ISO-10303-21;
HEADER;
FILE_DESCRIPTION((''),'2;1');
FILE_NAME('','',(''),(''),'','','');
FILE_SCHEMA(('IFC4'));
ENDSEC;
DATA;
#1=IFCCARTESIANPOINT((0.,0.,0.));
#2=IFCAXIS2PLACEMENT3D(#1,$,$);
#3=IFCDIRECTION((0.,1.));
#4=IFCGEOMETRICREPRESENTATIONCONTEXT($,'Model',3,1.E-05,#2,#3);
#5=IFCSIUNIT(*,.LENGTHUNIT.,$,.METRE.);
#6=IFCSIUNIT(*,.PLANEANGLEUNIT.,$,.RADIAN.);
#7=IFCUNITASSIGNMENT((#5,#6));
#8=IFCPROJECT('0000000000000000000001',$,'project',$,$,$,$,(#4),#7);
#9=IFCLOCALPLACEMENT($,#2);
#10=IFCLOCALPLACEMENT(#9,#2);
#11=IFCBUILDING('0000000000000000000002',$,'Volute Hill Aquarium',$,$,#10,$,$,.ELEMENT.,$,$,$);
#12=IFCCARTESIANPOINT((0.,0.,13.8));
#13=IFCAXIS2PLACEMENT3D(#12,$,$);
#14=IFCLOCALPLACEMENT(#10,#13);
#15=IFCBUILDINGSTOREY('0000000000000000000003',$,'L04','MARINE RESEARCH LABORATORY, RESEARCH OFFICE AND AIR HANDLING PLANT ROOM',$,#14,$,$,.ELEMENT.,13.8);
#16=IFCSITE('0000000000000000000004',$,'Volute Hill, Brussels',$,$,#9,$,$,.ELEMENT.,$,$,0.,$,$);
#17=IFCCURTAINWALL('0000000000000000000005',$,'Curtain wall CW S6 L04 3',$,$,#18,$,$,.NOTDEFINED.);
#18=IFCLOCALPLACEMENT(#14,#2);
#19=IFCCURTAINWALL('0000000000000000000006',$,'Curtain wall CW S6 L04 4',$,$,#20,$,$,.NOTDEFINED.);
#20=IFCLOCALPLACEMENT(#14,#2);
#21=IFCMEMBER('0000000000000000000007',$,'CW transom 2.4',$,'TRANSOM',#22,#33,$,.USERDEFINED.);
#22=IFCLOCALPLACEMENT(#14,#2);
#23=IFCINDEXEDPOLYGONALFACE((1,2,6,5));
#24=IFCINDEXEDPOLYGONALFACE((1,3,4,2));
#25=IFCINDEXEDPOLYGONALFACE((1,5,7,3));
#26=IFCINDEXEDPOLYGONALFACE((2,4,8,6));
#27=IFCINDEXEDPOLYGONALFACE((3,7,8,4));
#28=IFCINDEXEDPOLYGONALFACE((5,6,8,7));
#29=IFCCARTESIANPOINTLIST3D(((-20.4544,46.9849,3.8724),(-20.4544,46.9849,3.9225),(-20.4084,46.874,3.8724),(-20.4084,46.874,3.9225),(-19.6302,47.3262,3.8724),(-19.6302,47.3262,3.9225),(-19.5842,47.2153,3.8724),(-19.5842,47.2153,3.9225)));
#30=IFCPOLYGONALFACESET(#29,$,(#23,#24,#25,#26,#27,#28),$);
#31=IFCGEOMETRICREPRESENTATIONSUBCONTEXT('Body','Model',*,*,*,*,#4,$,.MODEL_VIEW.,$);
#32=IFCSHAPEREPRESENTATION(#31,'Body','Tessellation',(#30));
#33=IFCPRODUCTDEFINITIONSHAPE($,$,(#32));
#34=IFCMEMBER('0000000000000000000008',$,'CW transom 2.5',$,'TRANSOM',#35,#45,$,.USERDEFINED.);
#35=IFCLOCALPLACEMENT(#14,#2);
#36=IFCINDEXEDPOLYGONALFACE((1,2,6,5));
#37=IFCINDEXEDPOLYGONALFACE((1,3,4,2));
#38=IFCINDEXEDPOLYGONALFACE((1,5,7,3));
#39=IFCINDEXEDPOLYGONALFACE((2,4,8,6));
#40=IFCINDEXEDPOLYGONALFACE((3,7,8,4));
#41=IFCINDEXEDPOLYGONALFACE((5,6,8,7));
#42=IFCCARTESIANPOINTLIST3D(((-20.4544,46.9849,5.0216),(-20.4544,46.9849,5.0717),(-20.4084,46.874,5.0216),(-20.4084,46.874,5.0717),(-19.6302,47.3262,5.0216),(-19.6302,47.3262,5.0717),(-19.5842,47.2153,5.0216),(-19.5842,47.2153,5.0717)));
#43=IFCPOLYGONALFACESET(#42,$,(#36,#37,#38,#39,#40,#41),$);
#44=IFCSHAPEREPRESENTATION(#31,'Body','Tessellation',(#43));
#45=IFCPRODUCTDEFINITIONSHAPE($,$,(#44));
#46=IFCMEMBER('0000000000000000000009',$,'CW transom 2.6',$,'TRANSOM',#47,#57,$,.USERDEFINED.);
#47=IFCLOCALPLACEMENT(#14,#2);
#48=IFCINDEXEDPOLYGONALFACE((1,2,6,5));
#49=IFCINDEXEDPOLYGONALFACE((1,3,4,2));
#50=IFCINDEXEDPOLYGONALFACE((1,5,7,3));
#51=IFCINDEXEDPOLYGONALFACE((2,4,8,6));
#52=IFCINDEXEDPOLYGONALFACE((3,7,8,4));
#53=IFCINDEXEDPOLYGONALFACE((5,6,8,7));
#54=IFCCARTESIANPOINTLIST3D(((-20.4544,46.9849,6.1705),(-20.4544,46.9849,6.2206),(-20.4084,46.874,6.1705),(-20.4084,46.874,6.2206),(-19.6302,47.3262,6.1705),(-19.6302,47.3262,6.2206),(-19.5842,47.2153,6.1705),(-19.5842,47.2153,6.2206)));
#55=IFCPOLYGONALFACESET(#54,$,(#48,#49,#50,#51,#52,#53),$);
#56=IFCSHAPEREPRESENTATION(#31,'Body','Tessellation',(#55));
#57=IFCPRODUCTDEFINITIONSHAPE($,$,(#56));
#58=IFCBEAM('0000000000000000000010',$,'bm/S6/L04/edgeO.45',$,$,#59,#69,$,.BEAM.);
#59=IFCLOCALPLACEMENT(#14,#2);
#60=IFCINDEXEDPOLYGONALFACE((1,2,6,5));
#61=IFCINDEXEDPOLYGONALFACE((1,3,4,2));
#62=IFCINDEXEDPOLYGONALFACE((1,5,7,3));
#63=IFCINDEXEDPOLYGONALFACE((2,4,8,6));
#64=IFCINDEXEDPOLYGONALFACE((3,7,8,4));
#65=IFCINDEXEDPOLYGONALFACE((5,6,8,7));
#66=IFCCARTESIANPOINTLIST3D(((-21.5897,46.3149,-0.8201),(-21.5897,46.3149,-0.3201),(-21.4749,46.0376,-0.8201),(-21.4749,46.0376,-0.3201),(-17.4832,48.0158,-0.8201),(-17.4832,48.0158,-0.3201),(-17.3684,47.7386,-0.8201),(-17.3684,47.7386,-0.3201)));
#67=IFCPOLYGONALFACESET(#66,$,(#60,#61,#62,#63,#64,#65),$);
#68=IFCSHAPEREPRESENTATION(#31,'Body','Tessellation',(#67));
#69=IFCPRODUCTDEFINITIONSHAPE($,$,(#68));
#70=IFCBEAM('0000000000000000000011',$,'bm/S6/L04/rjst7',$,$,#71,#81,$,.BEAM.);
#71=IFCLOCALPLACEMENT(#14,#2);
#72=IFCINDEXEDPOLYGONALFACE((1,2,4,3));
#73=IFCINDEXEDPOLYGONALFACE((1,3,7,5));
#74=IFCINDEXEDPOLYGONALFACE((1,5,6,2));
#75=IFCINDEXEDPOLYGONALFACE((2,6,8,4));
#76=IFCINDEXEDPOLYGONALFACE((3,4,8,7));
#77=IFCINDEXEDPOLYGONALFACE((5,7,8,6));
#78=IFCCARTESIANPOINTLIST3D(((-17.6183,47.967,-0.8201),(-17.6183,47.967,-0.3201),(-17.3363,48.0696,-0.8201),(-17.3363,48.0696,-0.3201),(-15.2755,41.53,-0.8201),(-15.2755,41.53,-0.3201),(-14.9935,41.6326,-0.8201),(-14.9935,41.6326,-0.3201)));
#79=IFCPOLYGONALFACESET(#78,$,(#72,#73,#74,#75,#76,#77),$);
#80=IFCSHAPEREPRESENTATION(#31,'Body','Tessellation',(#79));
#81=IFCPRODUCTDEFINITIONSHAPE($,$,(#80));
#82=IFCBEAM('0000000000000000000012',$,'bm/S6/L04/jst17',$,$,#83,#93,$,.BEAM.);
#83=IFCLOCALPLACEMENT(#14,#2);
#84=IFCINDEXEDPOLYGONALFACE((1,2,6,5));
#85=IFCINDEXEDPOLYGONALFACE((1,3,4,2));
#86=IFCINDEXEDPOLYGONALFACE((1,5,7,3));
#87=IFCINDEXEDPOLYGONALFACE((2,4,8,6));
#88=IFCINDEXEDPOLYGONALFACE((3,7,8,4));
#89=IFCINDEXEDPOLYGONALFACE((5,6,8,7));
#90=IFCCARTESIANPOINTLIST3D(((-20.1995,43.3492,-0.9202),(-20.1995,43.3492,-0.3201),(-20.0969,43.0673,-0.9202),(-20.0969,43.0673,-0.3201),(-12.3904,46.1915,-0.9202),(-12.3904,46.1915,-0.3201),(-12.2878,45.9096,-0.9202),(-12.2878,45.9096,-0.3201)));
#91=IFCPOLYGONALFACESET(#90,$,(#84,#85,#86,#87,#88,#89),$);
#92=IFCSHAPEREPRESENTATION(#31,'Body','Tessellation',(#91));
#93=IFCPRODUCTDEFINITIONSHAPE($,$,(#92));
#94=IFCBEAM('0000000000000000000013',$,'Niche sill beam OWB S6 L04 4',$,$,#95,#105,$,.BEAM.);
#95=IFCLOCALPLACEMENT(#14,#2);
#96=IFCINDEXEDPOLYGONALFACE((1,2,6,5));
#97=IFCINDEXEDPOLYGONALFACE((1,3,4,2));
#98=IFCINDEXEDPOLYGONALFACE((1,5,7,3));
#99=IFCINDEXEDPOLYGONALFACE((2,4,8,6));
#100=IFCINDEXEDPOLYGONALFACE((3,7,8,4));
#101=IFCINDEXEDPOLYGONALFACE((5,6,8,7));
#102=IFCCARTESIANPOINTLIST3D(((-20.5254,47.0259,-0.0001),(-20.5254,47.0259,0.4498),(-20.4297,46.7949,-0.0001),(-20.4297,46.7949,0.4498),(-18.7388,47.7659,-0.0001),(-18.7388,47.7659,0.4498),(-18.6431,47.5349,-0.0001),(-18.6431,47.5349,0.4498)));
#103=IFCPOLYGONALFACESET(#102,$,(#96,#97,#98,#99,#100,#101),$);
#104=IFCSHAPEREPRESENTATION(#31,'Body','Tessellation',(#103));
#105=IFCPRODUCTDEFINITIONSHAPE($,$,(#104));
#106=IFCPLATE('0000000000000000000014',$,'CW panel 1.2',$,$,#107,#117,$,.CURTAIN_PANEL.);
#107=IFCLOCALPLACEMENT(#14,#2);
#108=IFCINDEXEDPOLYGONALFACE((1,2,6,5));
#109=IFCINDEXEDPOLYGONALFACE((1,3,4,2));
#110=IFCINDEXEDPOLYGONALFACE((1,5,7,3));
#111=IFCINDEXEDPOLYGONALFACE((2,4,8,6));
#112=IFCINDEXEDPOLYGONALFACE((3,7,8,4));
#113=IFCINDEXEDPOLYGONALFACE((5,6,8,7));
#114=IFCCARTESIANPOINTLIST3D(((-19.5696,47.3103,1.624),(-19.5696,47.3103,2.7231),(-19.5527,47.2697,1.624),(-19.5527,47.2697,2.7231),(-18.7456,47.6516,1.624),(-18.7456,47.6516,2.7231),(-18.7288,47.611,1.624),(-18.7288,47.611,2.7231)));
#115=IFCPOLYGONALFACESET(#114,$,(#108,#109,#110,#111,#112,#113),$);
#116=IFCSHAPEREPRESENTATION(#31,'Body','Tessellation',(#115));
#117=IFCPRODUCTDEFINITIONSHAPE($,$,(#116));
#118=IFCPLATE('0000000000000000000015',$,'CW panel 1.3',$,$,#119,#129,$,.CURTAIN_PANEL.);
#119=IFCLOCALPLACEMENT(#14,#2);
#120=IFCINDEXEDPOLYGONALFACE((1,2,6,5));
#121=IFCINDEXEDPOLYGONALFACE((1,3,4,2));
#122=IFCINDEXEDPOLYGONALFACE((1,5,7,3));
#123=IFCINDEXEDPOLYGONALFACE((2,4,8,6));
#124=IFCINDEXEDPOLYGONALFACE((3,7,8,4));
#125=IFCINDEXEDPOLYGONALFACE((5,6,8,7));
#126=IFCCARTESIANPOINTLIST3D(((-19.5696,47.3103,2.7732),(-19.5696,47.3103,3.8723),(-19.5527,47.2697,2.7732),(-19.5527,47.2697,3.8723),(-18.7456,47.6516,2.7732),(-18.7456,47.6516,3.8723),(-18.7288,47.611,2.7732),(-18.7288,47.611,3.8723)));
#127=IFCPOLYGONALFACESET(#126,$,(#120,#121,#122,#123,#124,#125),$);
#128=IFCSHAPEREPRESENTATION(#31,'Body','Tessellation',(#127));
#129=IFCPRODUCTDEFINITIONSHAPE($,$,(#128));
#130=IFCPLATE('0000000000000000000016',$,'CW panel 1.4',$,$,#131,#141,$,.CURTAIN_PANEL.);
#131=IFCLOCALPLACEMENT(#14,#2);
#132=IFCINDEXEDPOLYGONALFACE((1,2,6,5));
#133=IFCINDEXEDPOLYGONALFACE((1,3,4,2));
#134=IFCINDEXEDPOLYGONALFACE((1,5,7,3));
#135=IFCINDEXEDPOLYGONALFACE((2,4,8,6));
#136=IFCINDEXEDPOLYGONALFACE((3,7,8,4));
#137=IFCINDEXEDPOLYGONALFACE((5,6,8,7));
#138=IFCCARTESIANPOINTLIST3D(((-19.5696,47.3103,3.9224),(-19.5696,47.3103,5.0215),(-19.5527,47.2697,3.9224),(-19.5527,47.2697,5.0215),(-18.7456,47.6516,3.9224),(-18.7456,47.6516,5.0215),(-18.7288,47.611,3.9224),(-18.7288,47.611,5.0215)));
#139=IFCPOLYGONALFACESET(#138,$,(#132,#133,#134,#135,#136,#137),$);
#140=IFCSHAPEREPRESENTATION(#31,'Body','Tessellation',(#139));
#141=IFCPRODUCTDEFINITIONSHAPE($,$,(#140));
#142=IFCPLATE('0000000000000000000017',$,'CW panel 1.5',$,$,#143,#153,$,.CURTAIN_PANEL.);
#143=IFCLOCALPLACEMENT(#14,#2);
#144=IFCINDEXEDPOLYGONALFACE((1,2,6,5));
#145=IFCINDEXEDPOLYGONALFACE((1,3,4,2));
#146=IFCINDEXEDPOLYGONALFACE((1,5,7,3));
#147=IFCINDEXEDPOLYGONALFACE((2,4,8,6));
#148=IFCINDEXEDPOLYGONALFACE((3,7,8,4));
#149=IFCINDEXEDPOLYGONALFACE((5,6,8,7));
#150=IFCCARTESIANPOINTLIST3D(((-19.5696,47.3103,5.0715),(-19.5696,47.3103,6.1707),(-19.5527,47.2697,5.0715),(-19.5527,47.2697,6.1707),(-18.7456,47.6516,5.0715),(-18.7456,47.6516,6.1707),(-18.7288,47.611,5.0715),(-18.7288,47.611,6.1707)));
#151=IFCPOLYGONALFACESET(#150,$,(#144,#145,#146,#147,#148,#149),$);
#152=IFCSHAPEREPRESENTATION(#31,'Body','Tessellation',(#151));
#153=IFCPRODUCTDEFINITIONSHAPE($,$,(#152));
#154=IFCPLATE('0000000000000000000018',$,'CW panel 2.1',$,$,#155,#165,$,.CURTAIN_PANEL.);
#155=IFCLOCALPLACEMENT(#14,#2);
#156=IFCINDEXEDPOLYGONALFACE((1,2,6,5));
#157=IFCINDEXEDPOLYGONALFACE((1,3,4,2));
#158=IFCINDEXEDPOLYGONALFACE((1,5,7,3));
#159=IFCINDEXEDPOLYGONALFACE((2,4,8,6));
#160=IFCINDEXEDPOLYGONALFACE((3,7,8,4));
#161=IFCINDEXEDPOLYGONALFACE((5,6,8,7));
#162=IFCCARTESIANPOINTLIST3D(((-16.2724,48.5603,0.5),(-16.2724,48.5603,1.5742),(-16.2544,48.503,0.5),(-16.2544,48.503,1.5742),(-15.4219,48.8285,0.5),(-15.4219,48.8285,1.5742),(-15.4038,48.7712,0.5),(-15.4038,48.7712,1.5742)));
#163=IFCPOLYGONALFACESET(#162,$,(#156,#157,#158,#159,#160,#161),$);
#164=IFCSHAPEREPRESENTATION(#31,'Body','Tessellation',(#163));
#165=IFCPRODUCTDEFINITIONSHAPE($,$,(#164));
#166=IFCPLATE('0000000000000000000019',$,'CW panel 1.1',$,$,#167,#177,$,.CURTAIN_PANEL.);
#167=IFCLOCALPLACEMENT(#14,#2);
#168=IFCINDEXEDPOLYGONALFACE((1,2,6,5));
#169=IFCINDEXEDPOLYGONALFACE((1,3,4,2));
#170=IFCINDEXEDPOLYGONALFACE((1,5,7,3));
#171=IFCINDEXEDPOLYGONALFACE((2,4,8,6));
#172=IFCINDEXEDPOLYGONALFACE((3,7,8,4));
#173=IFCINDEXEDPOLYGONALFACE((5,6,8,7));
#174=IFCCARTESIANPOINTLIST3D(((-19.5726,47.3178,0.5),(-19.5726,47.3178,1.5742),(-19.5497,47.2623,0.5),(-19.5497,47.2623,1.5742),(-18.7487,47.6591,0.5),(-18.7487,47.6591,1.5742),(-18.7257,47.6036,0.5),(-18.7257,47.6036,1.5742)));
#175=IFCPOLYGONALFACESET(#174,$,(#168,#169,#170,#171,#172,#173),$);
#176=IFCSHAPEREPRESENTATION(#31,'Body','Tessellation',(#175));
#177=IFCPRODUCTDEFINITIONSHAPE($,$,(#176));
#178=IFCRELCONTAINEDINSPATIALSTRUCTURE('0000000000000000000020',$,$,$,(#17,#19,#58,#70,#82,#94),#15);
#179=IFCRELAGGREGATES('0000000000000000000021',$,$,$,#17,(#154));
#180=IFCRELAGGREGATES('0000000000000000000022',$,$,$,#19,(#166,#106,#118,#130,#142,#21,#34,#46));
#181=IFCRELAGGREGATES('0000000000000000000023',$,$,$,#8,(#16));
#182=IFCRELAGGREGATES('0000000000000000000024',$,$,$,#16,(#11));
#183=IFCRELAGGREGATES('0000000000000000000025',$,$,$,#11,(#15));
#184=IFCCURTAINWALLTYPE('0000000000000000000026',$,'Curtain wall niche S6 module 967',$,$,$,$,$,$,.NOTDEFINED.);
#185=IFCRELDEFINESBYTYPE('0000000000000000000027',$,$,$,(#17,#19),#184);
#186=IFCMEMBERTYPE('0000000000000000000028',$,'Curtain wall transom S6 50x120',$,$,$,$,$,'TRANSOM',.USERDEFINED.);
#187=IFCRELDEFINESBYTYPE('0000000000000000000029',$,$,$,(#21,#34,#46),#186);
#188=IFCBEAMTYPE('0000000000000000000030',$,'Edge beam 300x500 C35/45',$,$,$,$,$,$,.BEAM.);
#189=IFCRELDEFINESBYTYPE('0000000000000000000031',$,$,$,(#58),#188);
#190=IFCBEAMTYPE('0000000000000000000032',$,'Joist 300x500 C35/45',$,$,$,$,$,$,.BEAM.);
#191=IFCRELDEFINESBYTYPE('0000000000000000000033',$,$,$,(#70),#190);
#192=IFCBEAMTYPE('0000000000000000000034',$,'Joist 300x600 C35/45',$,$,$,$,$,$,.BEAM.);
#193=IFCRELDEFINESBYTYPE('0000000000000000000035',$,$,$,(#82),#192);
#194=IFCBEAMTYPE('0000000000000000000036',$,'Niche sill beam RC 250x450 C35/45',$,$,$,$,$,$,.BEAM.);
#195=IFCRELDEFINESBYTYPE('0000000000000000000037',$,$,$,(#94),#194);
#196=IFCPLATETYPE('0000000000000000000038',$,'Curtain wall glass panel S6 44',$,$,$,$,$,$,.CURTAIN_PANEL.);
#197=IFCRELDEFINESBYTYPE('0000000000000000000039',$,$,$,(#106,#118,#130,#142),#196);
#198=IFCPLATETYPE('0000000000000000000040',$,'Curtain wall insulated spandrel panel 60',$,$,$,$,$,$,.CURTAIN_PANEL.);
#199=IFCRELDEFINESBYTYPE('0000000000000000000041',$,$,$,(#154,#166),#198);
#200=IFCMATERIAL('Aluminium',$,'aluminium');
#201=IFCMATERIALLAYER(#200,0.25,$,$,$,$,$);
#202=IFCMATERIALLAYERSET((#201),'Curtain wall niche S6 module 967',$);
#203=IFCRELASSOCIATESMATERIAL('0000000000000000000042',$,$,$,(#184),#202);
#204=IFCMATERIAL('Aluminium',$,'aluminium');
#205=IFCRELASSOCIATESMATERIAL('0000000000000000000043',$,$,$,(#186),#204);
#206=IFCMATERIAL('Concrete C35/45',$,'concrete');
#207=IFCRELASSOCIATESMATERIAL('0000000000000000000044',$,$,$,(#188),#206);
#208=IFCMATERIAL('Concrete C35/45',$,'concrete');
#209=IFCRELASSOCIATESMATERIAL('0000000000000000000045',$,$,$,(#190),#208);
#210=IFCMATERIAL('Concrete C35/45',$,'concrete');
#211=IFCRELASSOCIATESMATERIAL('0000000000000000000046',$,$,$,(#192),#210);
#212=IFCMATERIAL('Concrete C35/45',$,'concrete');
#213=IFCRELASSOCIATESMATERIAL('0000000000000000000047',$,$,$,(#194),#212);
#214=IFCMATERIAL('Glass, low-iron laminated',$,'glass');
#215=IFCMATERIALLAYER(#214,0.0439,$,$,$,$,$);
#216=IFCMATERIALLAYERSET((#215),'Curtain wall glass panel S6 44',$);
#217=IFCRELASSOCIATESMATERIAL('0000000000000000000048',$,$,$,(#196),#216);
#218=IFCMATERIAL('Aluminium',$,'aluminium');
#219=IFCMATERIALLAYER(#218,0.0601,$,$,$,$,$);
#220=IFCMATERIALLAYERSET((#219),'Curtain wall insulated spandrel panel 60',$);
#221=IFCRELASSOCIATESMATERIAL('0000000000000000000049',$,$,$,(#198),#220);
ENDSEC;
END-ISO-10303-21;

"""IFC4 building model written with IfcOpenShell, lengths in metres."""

from ifc_helpers import new_model, si_unit, direction, frame, origin, origin_2d, place, context, subcontext, project, spatial, rectangle, extrude, material, layer, layer_set, material_profile, profile_set, type_object, element, aggregate, save


model = new_model("IFC4")

# Units and contexts
model_context = context("Model", 3, precision=1e-05, world=origin(), true_north=direction((0.0, 1.0)))
body_context = subcontext(model_context, "Body", "Model", "MODEL_VIEW")
ifc_project = project(units=[si_unit("LENGTHUNIT", "METRE"), si_unit("PLANEANGLEUNIT", "RADIAN")], contexts=[model_context])

# Site, building, storey
site_placement = place(None, origin())
site = spatial("IfcSite", under=ifc_project, at=site_placement, Name="Volute Hill, Brussels", CompositionType="ELEMENT", RefElevation=0.0)
building_placement = place(site_placement, origin())
building = spatial("IfcBuilding", under=site, at=building_placement, Name="Volute Hill Aquarium", CompositionType="ELEMENT")
storey_placement = place(building_placement, frame((0.0, 0.0, 13.8)))
storey = spatial("IfcBuildingStorey", under=building, at=storey_placement, Name="L04", Description="MARINE RESEARCH LABORATORY, RESEARCH OFFICE AND AIR HANDLING PLANT ROOM", CompositionType="ELEMENT", Elevation=13.8)

# Curtain wall
ifc_material_1 = material(Name="Aluminium", Category="aluminium")
ifc_layer_1 = layer(ifc_material_1, 0.25)
ifc_layer_set_1 = layer_set([ifc_layer_1], Name="Curtain wall niche S6 module 967")
curtain_wall_type = type_object("IfcCurtainWallType", Name="Curtain wall niche S6 module 967", PredefinedType="NOTDEFINED", material=ifc_layer_set_1)
curtain_wall_1_placement = place(storey_placement, origin())
curtain_wall_1 = element("IfcCurtainWall", 1, at=curtain_wall_1_placement, inside=storey, type_object=curtain_wall_type, Name="Curtain wall CW S6 L04 3", PredefinedType="NOTDEFINED")

# Curtain wall, members
curtain_wall_2_placement = place(storey_placement, origin())
curtain_wall_2 = element("IfcCurtainWall", 2, at=curtain_wall_2_placement, inside=storey, type_object=curtain_wall_type, Name="Curtain wall CW S6 L04 4", PredefinedType="NOTDEFINED")
ifc_material_2 = material(Name="Aluminium", Category="aluminium")
ifc_material_profile_1 = material_profile(ifc_material_2, rectangle(XDim=0.1201, YDim=0.05, at=origin_2d()), Name="Curtain wall transom S6 50x120")
ifc_profile_set_1 = profile_set([ifc_material_profile_1], Name="Aluminium")
member_type_1 = type_object("IfcMemberType", Name="Curtain wall transom S6 50x120", ElementType="TRANSOM", PredefinedType="USERDEFINED", material=ifc_profile_set_1)
member_1_placement = place(storey_placement, frame((-19.6072, 47.2708, 3.8975), z_axis=(-0.923917, -0.382594, 0.0), x_axis=(0.382594, -0.923917, 0.0)))
member_1 = element("IfcMember", 3, at=member_1_placement, type_object=member_type_1, Name="CW transom 2.4", ObjectType="TRANSOM", PredefinedType="USERDEFINED", context=body_context, shape_type="SweptSolid", body=[
    extrude(rectangle(XDim=0.1201, YDim=0.05, at=origin_2d()), origin(), (0.0, 0.0, 1.0), 0.8921),
])
member_2_placement = place(storey_placement, frame((-19.6072, 47.2708, 5.0466), z_axis=(-0.923917, -0.382594, 0.0), x_axis=(0.382594, -0.923917, 0.0)))
member_2 = element("IfcMember", 4, at=member_2_placement, type_object=member_type_1, Name="CW transom 2.5", ObjectType="TRANSOM", PredefinedType="USERDEFINED", context=body_context, shape_type="SweptSolid", body=[
    extrude(rectangle(XDim=0.1201, YDim=0.05, at=origin_2d()), origin(), (0.0, 0.0, 1.0), 0.8921),
])
member_3_placement = place(storey_placement, frame((-19.6072, 47.2708, 6.1956), z_axis=(-0.923917, -0.382594, 0.0), x_axis=(0.382594, -0.923917, 0.0)))
member_3 = element("IfcMember", 5, at=member_3_placement, type_object=member_type_1, Name="CW transom 2.6", ObjectType="TRANSOM", PredefinedType="USERDEFINED", context=body_context, shape_type="SweptSolid", body=[
    extrude(rectangle(XDim=0.1201, YDim=0.05, at=origin_2d()), origin(), (0.0, 0.0, 1.0), 0.8921),
])

# Beams
ifc_material_3 = material(Name="Concrete C35/45", Category="concrete")
ifc_material_profile_2 = material_profile(ifc_material_3, rectangle(XDim=0.3, YDim=0.5, at=origin_2d()), Name="RC edge beam 300x500")
ifc_profile_set_2 = profile_set([ifc_material_profile_2], Name="Concrete C35/45")
beam_type_1 = type_object("IfcBeamType", Name="Edge beam 300x500 C35/45", PredefinedType="BEAM", material=ifc_profile_set_2)
beam_1_placement = place(storey_placement, frame((-17.4258, 47.8772, -0.5701), z_axis=(-0.923881, -0.38268, 0.0), x_axis=(0.38268, -0.923881, 0.0)))
element("IfcBeam", 6, at=beam_1_placement, inside=storey, type_object=beam_type_1, Name="bm/S6/L04/edgeO.45", PredefinedType="BEAM", context=body_context, shape_type="SweptSolid", body=[
    extrude(rectangle(XDim=0.3, YDim=0.5, at=origin_2d()), origin(), (0.0, 0.0, 1.0), 4.4448),
])
ifc_material_4 = material(Name="Concrete C35/45", Category="concrete")
ifc_material_profile_3 = material_profile(ifc_material_4, rectangle(XDim=0.3, YDim=0.5, at=origin_2d()), Name="RC joist 300x500")
ifc_profile_set_3 = profile_set([ifc_material_profile_3], Name="Concrete C35/45")
beam_type_2 = type_object("IfcBeamType", Name="Joist 300x500 C35/45", PredefinedType="BEAM", material=ifc_profile_set_3)
beam_2_placement = place(storey_placement, frame((-15.1345, 41.5813, -0.5701), z_axis=(-0.342006, 0.939698, 0.0), x_axis=(-0.939698, -0.342006, 0.0)))
element("IfcBeam", 7, at=beam_2_placement, inside=storey, type_object=beam_type_2, Name="bm/S6/L04/rjst7", PredefinedType="BEAM", context=body_context, shape_type="SweptSolid", body=[
    extrude(rectangle(XDim=0.3, YDim=0.5, at=origin_2d()), origin(), (0.0, 0.0, 1.0), 6.8501),
])
ifc_material_5 = material(Name="Concrete C35/45", Category="concrete")
ifc_material_profile_4 = material_profile(ifc_material_5, rectangle(XDim=0.3, YDim=0.6001, at=origin_2d()), Name="RC joist 300x600")
ifc_profile_set_4 = profile_set([ifc_material_profile_4], Name="Concrete C35/45")
beam_type_3 = type_object("IfcBeamType", Name="Joist 300x600 C35/45", PredefinedType="BEAM", material=ifc_profile_set_4)
beam_3_placement = place(storey_placement, frame((-12.3391, 46.0505, -0.6201), z_axis=(-0.939692, -0.342021, 0.0), x_axis=(0.342021, -0.939692, 0.0)))
element("IfcBeam", 8, at=beam_3_placement, inside=storey, type_object=beam_type_3, Name="bm/S6/L04/jst17", PredefinedType="BEAM", context=body_context, shape_type="SweptSolid", body=[
    extrude(rectangle(XDim=0.3, YDim=0.6001, at=origin_2d()), origin(), (0.0, 0.0, 1.0), 8.3103),
])
ifc_material_6 = material(Name="Concrete C35/45", Category="concrete")
ifc_material_profile_5 = material_profile(ifc_material_6, rectangle(XDim=0.25, YDim=0.45, at=origin_2d()), Name="RC beam 250x450")
ifc_profile_set_5 = profile_set([ifc_material_profile_5], Name="Concrete C35/45")
beam_type_4 = type_object("IfcBeamType", Name="Niche sill beam RC 250x450 C35/45", PredefinedType="BEAM", material=ifc_profile_set_5)
beam_4_placement = place(storey_placement, frame((-18.6909, 47.6504, 0.2249), z_axis=(-0.923889, -0.38266, 0.0), x_axis=(0.38266, -0.923889, 0.0)))
element("IfcBeam", 9, at=beam_4_placement, inside=storey, type_object=beam_type_4, Name="Niche sill beam OWB S6 L04 4", PredefinedType="BEAM", context=body_context, shape_type="SweptSolid", body=[
    extrude(rectangle(XDim=0.25, YDim=0.45, at=origin_2d()), origin(), (0.0, 0.0, 1.0), 1.9338),
])

# Plates
ifc_material_7 = material(Name="Glass, low-iron laminated", Category="glass")
ifc_layer_2 = layer(ifc_material_7, 0.0439)
ifc_layer_set_2 = layer_set([ifc_layer_2], Name="Curtain wall glass panel S6 44")
plate_type_1 = type_object("IfcPlateType", Name="Curtain wall glass panel S6 44", PredefinedType="CURTAIN_PANEL", material=ifc_layer_set_2)
plate_1_placement = place(storey_placement, frame((-19.1492, 47.4607, 1.624), z_axis=(0.0, 0.0, 1.0), x_axis=(-0.923881, -0.38268, 0.0)))
plate_1 = element("IfcPlate", 10, at=plate_1_placement, type_object=plate_type_1, Name="CW panel 1.2", PredefinedType="CURTAIN_PANEL", context=body_context, shape_type="SweptSolid", body=[
    extrude(rectangle(XDim=0.8918, YDim=0.0439, at=origin_2d()), origin(), (0.0, 0.0, 1.0), 1.0991),
])
plate_2_placement = place(storey_placement, frame((-19.1492, 47.4607, 2.7732), z_axis=(0.0, 0.0, 1.0), x_axis=(-0.923881, -0.38268, 0.0)))
plate_2 = element("IfcPlate", 11, at=plate_2_placement, type_object=plate_type_1, Name="CW panel 1.3", PredefinedType="CURTAIN_PANEL", context=body_context, shape_type="SweptSolid", body=[
    extrude(rectangle(XDim=0.8918, YDim=0.0439, at=origin_2d()), origin(), (0.0, 0.0, 1.0), 1.0991),
])
plate_3_placement = place(storey_placement, frame((-19.1492, 47.4607, 3.9224), z_axis=(0.0, 0.0, 1.0), x_axis=(-0.923881, -0.38268, 0.0)))
plate_3 = element("IfcPlate", 12, at=plate_3_placement, type_object=plate_type_1, Name="CW panel 1.4", PredefinedType="CURTAIN_PANEL", context=body_context, shape_type="SweptSolid", body=[
    extrude(rectangle(XDim=0.8918, YDim=0.0439, at=origin_2d()), origin(), (0.0, 0.0, 1.0), 1.0991),
])
plate_4_placement = place(storey_placement, frame((-19.1492, 47.4607, 5.0715), z_axis=(0.0, 0.0, 1.0), x_axis=(-0.923881, -0.38268, 0.0)))
plate_4 = element("IfcPlate", 13, at=plate_4_placement, type_object=plate_type_1, Name="CW panel 1.5", PredefinedType="CURTAIN_PANEL", context=body_context, shape_type="SweptSolid", body=[
    extrude(rectangle(XDim=0.8918, YDim=0.0439, at=origin_2d()), origin(), (0.0, 0.0, 1.0), 1.0991),
])
ifc_material_8 = material(Name="Aluminium", Category="aluminium")
ifc_layer_3 = layer(ifc_material_8, 0.0601)
ifc_layer_set_3 = layer_set([ifc_layer_3], Name="Curtain wall insulated spandrel panel 60")
plate_type_2 = type_object("IfcPlateType", Name="Curtain wall insulated spandrel panel 60", PredefinedType="CURTAIN_PANEL", material=ifc_layer_set_3)
plate_5_placement = place(storey_placement, frame((-15.8381, 48.6658, 0.5), z_axis=(0.0, 0.0, 1.0), x_axis=(-0.953717, -0.300706, 0.0)))
plate_5 = element("IfcPlate", 14, at=plate_5_placement, type_object=plate_type_2, Name="CW panel 2.1", PredefinedType="CURTAIN_PANEL", context=body_context, shape_type="SweptSolid", body=[
    extrude(rectangle(XDim=0.8918, YDim=0.0601, at=origin_2d()), origin(), (0.0, 0.0, 1.0), 1.0742),
])
aggregate(curtain_wall_1, [plate_5])
plate_6_placement = place(storey_placement, frame((-19.1492, 47.4607, 0.5), z_axis=(0.0, 0.0, 1.0), x_axis=(-0.923881, -0.38268, 0.0)))
plate_6 = element("IfcPlate", 15, at=plate_6_placement, type_object=plate_type_2, Name="CW panel 1.1", PredefinedType="CURTAIN_PANEL", context=body_context, shape_type="SweptSolid", body=[
    extrude(rectangle(XDim=0.8918, YDim=0.0601, at=origin_2d()), origin(), (0.0, 0.0, 1.0), 1.0742),
])
aggregate(curtain_wall_2, [plate_6, plate_1, plate_2, plate_3, plate_4, member_1, member_2, member_3])

save(model, "model.ifc")
